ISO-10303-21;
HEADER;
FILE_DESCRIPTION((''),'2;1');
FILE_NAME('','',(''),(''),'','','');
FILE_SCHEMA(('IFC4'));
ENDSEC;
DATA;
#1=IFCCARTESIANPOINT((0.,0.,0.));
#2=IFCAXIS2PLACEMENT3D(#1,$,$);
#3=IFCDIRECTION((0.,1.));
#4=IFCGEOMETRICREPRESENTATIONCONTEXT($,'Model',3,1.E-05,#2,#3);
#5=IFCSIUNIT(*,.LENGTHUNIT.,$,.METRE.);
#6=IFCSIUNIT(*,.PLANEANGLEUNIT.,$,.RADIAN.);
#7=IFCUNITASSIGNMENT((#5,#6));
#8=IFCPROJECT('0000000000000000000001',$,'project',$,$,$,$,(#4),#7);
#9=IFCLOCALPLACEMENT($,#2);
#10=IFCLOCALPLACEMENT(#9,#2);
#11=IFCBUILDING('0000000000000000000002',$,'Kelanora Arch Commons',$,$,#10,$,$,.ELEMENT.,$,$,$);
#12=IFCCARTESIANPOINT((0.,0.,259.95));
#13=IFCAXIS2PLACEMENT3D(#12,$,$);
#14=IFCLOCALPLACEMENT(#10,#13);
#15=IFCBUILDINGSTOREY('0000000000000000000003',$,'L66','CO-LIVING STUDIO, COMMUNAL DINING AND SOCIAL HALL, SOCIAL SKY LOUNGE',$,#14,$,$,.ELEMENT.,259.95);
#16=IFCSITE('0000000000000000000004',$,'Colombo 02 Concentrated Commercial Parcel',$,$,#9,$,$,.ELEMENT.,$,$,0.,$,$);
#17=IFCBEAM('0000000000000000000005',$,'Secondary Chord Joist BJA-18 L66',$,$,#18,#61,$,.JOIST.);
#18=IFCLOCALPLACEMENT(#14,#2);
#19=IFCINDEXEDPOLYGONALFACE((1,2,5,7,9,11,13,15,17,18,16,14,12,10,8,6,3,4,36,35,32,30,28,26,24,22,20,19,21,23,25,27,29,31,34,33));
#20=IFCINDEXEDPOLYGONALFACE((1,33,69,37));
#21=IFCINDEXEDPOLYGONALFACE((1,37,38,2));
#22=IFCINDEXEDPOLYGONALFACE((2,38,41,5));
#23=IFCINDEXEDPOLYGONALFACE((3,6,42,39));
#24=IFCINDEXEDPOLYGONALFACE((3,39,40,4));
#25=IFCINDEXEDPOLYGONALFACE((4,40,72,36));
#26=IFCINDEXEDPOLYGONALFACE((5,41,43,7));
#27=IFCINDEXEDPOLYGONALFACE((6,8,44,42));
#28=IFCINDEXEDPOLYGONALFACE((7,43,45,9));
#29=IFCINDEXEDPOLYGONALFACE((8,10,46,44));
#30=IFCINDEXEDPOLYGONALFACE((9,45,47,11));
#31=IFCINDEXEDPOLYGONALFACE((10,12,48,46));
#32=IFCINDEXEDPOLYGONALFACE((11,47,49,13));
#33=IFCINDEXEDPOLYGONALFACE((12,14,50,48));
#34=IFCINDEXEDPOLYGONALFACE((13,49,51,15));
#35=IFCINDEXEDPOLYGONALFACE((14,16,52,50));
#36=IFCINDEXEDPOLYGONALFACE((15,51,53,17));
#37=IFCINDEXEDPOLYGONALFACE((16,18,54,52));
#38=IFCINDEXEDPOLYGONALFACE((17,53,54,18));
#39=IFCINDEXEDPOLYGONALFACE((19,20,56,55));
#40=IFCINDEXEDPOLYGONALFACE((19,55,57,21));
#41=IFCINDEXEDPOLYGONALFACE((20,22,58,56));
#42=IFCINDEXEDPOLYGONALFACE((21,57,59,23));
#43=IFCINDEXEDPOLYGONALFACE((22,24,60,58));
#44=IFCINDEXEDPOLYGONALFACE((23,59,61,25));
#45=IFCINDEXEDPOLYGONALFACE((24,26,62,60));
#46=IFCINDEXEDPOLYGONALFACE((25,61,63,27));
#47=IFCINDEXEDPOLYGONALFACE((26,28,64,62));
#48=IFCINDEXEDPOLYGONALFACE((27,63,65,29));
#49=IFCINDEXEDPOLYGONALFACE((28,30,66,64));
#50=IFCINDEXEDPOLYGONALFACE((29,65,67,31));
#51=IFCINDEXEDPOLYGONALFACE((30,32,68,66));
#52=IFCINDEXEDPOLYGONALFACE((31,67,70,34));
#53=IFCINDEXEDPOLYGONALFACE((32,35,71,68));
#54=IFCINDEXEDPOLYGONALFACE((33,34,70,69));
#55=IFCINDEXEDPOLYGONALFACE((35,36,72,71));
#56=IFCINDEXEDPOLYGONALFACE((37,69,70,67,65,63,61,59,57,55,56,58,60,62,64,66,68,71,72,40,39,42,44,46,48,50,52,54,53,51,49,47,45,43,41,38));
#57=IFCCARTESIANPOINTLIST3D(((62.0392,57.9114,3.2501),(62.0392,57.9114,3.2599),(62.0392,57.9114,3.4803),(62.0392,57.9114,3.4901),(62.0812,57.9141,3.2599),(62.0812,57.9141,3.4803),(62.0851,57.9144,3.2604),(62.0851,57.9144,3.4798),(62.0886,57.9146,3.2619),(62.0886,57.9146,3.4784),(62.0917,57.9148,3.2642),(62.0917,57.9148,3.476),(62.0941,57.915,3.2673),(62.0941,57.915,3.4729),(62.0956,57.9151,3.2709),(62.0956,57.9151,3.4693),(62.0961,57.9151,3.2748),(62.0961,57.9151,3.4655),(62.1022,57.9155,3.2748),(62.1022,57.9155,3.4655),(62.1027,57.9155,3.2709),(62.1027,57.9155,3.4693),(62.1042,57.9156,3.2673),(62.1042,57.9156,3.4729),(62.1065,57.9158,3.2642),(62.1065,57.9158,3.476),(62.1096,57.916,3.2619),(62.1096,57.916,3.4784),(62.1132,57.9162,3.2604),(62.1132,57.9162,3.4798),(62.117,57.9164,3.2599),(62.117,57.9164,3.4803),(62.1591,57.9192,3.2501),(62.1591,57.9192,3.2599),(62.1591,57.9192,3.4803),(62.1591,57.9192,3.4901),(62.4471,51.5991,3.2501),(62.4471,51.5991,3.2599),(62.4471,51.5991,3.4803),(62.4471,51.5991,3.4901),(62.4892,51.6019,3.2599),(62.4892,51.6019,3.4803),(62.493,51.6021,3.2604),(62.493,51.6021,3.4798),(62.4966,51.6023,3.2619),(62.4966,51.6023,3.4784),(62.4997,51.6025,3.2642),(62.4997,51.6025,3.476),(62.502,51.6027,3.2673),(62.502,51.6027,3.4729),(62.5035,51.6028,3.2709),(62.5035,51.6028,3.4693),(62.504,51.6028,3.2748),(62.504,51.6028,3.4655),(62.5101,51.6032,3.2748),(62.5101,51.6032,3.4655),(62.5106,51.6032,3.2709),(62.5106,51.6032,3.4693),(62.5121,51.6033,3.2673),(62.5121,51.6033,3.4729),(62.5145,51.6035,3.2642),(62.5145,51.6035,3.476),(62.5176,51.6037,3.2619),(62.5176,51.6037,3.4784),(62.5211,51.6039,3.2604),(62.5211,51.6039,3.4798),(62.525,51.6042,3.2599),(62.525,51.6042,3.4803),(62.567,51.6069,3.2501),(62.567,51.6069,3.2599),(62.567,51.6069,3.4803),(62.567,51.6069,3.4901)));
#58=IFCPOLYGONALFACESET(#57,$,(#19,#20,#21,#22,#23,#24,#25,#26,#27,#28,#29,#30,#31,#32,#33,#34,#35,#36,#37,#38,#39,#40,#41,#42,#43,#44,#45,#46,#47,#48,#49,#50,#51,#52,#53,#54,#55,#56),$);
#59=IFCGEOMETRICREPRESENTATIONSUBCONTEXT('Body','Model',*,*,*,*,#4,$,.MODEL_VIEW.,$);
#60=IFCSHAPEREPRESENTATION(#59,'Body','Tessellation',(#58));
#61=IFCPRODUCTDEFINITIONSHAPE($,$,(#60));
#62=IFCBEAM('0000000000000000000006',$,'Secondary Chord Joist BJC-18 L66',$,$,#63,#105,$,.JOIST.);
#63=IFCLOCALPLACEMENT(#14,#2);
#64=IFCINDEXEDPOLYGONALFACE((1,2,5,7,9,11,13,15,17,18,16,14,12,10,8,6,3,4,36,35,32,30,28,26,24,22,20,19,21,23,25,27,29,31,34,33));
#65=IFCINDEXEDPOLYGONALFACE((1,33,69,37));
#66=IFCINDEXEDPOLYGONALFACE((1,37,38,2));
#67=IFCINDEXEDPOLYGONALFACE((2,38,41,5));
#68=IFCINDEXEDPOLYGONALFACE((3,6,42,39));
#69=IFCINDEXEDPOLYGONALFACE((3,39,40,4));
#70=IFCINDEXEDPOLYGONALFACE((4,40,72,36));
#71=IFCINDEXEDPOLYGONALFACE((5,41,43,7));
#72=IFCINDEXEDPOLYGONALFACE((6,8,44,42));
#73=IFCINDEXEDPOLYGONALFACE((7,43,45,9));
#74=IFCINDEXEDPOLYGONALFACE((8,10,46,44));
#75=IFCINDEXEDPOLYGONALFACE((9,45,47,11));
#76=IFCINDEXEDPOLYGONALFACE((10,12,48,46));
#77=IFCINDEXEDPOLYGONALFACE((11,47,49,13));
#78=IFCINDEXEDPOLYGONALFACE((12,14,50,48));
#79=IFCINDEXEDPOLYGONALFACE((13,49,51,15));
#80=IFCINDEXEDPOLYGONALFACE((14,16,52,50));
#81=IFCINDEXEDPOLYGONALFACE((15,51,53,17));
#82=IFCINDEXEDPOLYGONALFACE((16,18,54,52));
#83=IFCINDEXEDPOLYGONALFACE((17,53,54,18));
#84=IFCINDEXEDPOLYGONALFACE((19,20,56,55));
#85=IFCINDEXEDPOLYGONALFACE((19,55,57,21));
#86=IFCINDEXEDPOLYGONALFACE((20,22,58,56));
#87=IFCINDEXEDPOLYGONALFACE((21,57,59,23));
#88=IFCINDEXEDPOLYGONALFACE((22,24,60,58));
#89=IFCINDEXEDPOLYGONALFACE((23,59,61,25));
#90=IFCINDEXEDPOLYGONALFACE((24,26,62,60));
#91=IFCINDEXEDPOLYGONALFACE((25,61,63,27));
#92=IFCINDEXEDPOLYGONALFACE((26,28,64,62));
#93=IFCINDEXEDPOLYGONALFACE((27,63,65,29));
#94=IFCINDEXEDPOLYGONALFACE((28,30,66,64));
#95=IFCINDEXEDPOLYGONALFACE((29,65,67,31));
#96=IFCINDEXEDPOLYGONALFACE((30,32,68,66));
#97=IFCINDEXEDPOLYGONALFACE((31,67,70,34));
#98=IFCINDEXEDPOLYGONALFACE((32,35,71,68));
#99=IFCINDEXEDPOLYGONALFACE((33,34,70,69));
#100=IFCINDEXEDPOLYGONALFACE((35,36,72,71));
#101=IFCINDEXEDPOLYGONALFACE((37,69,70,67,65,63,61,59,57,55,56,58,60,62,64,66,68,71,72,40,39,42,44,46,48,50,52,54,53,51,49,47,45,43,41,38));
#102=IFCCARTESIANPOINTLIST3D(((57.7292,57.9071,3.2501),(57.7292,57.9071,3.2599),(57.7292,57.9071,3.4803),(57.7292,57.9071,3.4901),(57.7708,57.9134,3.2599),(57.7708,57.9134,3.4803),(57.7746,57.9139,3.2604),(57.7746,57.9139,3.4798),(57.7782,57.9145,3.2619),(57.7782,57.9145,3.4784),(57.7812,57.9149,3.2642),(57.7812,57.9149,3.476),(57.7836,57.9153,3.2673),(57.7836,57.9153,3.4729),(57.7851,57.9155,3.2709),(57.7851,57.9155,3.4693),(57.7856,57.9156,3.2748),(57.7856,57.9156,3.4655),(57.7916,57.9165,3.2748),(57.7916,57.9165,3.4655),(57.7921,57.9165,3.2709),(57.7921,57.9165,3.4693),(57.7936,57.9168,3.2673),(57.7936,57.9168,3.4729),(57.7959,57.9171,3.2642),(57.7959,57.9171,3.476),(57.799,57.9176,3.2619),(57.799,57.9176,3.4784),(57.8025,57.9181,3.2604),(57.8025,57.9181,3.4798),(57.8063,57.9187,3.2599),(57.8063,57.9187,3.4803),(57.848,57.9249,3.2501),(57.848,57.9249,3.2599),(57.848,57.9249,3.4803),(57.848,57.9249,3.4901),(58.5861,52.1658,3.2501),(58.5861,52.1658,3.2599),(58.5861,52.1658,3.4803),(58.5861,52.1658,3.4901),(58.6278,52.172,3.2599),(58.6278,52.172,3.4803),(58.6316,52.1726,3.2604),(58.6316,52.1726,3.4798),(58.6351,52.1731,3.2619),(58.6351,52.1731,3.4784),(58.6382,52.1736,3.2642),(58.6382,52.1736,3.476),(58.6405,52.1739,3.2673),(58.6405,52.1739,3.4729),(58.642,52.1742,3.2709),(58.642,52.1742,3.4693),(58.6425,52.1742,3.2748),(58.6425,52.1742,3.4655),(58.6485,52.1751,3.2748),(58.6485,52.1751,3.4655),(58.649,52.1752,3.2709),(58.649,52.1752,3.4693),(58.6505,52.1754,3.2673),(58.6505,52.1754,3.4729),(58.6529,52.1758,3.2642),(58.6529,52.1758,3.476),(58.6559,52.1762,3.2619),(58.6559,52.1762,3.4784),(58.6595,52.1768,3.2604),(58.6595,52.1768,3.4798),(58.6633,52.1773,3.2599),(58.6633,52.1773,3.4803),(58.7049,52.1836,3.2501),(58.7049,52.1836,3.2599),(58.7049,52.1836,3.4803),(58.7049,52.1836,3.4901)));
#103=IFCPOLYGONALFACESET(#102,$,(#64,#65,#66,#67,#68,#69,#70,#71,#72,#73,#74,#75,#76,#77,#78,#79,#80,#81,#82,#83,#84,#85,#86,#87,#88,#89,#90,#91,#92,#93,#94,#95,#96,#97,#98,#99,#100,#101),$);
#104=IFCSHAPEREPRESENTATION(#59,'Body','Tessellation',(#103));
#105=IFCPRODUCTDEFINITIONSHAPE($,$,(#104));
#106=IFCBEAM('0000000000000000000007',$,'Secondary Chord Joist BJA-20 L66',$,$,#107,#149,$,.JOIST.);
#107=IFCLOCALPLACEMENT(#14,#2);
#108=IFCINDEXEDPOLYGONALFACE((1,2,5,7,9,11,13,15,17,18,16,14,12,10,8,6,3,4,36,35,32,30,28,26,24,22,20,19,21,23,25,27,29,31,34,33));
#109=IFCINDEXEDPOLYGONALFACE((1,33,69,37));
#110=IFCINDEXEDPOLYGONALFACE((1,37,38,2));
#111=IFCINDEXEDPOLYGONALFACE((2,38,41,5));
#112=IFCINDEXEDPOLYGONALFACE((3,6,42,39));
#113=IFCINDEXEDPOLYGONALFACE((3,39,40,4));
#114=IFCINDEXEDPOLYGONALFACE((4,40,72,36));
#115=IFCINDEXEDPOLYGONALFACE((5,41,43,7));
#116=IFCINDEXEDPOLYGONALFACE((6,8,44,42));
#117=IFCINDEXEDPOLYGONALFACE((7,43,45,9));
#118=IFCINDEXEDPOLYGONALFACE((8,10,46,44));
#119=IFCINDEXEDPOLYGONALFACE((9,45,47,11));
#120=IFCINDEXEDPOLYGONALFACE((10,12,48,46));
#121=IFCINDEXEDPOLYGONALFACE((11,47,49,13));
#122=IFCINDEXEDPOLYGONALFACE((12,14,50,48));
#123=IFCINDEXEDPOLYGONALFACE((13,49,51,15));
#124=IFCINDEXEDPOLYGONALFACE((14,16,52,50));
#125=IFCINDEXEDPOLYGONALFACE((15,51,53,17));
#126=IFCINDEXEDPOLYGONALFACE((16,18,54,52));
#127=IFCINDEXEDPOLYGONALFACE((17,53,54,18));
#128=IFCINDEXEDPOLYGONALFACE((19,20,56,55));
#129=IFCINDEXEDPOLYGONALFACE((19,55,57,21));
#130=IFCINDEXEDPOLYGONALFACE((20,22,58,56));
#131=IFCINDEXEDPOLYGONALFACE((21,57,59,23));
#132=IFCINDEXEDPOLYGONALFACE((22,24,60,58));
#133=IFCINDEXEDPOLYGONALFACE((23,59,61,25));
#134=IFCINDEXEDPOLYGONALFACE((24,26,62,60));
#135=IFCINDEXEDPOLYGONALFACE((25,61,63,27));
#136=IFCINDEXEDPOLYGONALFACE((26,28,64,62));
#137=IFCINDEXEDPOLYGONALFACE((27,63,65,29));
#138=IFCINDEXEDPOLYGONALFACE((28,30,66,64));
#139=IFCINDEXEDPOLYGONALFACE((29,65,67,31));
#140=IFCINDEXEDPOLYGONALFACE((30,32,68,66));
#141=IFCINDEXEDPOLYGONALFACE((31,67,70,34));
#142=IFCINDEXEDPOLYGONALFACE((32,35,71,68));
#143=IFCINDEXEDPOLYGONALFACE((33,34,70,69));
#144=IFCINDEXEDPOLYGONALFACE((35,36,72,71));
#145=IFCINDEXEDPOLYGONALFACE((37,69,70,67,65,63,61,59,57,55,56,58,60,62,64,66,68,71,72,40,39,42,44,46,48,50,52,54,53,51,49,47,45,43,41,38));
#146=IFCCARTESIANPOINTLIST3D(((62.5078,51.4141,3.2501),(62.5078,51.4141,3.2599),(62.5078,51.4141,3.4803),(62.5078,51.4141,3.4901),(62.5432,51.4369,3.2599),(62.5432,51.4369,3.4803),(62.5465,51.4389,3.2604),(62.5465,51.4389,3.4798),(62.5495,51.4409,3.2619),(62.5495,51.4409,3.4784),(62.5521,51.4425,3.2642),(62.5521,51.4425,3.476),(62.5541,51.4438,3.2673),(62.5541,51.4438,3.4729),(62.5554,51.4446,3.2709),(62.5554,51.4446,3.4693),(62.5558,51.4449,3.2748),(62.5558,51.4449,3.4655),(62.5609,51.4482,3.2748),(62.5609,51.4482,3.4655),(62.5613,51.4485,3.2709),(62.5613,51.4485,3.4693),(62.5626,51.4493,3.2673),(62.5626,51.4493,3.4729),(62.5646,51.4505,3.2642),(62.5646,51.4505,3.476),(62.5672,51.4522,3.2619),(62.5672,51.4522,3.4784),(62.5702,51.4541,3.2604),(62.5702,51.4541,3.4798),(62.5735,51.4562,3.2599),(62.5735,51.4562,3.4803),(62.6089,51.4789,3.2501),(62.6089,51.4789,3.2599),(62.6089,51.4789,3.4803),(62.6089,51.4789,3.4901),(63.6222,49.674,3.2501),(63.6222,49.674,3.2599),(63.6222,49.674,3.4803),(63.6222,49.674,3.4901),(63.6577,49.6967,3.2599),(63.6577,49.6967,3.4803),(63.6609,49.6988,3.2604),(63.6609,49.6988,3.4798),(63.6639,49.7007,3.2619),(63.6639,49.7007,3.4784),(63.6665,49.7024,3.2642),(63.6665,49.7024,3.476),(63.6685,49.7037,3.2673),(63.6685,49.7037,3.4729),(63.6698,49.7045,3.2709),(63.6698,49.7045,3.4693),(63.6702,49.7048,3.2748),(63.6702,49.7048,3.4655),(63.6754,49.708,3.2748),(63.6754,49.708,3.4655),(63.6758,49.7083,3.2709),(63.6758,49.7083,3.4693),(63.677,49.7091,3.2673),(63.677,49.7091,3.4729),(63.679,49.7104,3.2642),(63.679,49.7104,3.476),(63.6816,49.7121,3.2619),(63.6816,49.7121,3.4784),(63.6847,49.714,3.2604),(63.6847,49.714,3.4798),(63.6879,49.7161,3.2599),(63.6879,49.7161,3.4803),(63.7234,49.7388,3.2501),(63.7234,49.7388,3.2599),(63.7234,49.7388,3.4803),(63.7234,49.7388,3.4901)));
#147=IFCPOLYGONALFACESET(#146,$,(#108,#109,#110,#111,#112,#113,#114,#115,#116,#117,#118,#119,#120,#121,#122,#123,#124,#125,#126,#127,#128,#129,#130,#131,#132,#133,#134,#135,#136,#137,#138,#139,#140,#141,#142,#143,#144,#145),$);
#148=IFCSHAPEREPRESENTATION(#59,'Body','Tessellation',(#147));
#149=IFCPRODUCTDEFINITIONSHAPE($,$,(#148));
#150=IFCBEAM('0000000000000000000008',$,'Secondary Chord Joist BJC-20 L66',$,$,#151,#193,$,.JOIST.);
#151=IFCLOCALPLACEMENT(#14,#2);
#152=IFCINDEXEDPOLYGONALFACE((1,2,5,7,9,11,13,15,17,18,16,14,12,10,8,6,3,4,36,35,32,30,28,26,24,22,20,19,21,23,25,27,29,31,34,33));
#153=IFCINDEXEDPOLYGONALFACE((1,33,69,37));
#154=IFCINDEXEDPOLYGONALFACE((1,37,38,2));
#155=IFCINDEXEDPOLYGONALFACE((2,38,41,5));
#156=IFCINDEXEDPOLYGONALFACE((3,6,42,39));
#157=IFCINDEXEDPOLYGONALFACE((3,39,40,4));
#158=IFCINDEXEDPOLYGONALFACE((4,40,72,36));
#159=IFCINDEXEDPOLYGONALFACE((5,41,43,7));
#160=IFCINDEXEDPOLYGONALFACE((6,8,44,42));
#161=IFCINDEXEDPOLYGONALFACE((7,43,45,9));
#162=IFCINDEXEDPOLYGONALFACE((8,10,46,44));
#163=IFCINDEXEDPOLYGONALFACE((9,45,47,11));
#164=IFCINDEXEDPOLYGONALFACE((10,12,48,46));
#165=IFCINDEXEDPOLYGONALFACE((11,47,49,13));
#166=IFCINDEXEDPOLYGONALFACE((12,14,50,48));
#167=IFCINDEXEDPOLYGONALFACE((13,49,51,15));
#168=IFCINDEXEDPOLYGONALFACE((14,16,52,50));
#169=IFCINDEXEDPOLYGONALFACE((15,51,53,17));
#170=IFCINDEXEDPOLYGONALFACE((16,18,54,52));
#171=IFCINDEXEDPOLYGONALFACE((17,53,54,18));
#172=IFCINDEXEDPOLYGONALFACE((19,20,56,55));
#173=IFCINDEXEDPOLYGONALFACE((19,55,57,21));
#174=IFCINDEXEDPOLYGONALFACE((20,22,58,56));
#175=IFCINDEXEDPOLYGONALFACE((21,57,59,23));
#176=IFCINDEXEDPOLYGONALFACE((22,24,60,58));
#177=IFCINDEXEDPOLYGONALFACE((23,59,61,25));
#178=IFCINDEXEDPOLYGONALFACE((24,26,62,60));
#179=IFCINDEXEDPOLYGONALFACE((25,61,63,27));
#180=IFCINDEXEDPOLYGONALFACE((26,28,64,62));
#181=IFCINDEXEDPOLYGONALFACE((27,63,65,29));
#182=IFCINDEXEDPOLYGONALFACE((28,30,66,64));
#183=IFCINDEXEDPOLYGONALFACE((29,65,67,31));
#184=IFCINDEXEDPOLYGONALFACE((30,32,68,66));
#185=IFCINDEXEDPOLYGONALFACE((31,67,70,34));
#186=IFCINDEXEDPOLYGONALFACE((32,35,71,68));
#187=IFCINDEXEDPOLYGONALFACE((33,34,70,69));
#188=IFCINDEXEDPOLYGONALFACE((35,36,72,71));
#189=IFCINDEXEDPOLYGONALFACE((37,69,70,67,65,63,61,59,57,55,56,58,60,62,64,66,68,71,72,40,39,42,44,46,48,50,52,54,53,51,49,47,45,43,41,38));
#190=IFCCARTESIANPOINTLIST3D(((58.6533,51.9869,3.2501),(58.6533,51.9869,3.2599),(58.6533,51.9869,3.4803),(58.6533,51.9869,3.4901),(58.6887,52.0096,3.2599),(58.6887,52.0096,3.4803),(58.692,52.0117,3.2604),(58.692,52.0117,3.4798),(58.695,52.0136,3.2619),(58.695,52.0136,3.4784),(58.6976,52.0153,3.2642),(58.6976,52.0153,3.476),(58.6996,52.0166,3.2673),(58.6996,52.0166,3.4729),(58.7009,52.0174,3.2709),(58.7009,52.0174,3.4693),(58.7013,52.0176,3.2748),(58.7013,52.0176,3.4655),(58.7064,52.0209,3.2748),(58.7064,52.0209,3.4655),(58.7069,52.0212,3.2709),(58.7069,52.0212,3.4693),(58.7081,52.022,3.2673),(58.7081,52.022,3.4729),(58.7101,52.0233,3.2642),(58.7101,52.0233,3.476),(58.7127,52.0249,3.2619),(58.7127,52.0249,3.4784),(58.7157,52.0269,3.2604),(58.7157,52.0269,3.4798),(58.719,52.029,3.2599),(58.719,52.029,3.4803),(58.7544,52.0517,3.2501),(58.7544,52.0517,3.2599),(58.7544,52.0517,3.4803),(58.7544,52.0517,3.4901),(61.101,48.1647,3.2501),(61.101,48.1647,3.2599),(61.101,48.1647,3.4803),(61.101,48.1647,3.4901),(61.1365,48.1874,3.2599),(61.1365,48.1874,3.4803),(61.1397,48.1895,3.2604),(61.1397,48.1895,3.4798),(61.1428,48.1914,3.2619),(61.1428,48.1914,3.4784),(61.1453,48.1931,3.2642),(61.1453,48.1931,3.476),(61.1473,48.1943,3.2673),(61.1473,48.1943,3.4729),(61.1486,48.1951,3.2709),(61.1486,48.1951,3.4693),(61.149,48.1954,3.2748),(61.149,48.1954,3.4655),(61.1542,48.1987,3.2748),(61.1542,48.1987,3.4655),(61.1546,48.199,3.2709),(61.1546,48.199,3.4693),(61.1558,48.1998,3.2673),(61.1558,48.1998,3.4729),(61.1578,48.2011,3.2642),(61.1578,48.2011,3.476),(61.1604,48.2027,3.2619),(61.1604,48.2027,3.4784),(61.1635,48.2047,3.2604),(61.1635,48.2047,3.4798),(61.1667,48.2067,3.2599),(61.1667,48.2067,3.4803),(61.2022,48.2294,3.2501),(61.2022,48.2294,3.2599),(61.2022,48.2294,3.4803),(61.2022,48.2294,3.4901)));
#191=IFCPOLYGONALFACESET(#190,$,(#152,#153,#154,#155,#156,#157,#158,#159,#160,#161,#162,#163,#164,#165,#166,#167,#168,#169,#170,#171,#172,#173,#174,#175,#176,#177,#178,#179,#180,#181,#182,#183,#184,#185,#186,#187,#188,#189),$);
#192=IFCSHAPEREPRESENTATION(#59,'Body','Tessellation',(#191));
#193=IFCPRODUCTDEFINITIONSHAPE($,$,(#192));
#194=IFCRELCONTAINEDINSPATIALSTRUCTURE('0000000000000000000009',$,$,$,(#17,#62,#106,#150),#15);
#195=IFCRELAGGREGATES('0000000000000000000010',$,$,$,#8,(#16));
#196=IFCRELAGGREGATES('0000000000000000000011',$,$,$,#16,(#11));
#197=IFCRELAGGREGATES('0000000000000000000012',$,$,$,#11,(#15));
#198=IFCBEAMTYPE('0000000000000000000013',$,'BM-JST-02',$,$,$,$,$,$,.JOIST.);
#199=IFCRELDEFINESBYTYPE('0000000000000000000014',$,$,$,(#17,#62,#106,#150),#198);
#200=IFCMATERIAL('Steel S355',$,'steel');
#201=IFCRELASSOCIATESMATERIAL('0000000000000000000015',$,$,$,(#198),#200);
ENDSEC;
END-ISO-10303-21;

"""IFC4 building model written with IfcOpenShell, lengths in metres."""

from ifc_helpers import new_model, si_unit, direction, frame, origin, origin_2d, place, context, subcontext, project, spatial, i_section, extrude, material, material_profile, profile_set, type_object, element, save


model = new_model("IFC4")

# Units and contexts
model_context = context("Model", 3, precision=1e-05, world=origin(), true_north=direction((0.0, 1.0)))
body_context = subcontext(model_context, "Body", "Model", "MODEL_VIEW")
ifc_project = project(units=[si_unit("LENGTHUNIT", "METRE"), si_unit("PLANEANGLEUNIT", "RADIAN")], contexts=[model_context])

# Site, building, storey
site_placement = place(None, origin())
site = spatial("IfcSite", under=ifc_project, at=site_placement, Name="Colombo 02 Concentrated Commercial Parcel", CompositionType="ELEMENT", RefElevation=0.0)
building_placement = place(site_placement, origin())
building = spatial("IfcBuilding", under=site, at=building_placement, Name="Kelanora Arch Commons", CompositionType="ELEMENT")
storey_placement = place(building_placement, frame((0.0, 0.0, 259.95)))
storey = spatial("IfcBuildingStorey", under=building, at=storey_placement, Name="L66", Description="CO-LIVING STUDIO, COMMUNAL DINING AND SOCIAL HALL, SOCIAL SKY LOUNGE", CompositionType="ELEMENT", Elevation=259.95)

# Beams
ifc_material_1 = material(Name="Steel S355", Category="steel")
ifc_material_profile_1 = material_profile(ifc_material_1, i_section(OverallWidth=0.1201, OverallDepth=0.24, WebThickness=0.0061, FlangeThickness=0.0098, FilletRadius=0.0149, at=origin_2d()), Name="IPE240")
ifc_profile_set_1 = profile_set([ifc_material_profile_1], Name="Steel S355")
beam_type_1 = type_object("IfcBeamType", Name="BM-JST-02", PredefinedType="JOIST", material=ifc_profile_set_1)
beam_1_placement = place(storey_placement, frame((62.0991, 57.9153, 3.3701), z_axis=(0.064495, -0.997918, 0.0), x_axis=(0.997918, 0.064495, 0.0)))
element("IfcBeam", 1, at=beam_1_placement, inside=storey, type_object=beam_type_1, Name="Secondary Chord Joist BJA-18 L66", PredefinedType="JOIST", context=body_context, shape_type="SweptSolid", body=[
    extrude(i_section(OverallWidth=0.1201, OverallDepth=0.24, WebThickness=0.0061, FlangeThickness=0.0098, FilletRadius=0.0149, at=origin_2d()), origin(), (0.0, 0.0, 1.0), 6.3254),
])
beam_2_placement = place(storey_placement, frame((57.7886, 57.916, 3.3701), z_axis=(0.147625, -0.989043, 0.0), x_axis=(0.989043, 0.147625, 0.0)))
element("IfcBeam", 2, at=beam_2_placement, inside=storey, type_object=beam_type_1, Name="Secondary Chord Joist BJC-18 L66", PredefinedType="JOIST", context=body_context, shape_type="SweptSolid", body=[
    extrude(i_section(OverallWidth=0.1201, OverallDepth=0.24, WebThickness=0.0061, FlangeThickness=0.0098, FilletRadius=0.0149, at=origin_2d()), origin(), (0.0, 0.0, 1.0), 5.8049),
])
beam_3_placement = place(storey_placement, frame((62.5583, 51.4465, 3.3701), z_axis=(0.539312, -0.842106, 0.0), x_axis=(0.842106, 0.539312, 0.0)))
element("IfcBeam", 3, at=beam_3_placement, inside=storey, type_object=beam_type_1, Name="Secondary Chord Joist BJA-20 L66", PredefinedType="JOIST", context=body_context, shape_type="SweptSolid", body=[
    extrude(i_section(OverallWidth=0.1201, OverallDepth=0.24, WebThickness=0.0061, FlangeThickness=0.0098, FilletRadius=0.0149, at=origin_2d()), origin(), (0.0, 0.0, 1.0), 2.0664),
])
beam_4_placement = place(storey_placement, frame((58.7039, 52.0193, 3.3701), z_axis=(0.539289, -0.842121, 0.0), x_axis=(0.842121, 0.539289, 0.0)))
element("IfcBeam", 4, at=beam_4_placement, inside=storey, type_object=beam_type_1, Name="Secondary Chord Joist BJC-20 L66", PredefinedType="JOIST", context=body_context, shape_type="SweptSolid", body=[
    extrude(i_section(OverallWidth=0.1201, OverallDepth=0.24, WebThickness=0.0061, FlangeThickness=0.0098, FilletRadius=0.0149, at=origin_2d()), origin(), (0.0, 0.0, 1.0), 4.5388),
])

save(model, "model.ifc")
